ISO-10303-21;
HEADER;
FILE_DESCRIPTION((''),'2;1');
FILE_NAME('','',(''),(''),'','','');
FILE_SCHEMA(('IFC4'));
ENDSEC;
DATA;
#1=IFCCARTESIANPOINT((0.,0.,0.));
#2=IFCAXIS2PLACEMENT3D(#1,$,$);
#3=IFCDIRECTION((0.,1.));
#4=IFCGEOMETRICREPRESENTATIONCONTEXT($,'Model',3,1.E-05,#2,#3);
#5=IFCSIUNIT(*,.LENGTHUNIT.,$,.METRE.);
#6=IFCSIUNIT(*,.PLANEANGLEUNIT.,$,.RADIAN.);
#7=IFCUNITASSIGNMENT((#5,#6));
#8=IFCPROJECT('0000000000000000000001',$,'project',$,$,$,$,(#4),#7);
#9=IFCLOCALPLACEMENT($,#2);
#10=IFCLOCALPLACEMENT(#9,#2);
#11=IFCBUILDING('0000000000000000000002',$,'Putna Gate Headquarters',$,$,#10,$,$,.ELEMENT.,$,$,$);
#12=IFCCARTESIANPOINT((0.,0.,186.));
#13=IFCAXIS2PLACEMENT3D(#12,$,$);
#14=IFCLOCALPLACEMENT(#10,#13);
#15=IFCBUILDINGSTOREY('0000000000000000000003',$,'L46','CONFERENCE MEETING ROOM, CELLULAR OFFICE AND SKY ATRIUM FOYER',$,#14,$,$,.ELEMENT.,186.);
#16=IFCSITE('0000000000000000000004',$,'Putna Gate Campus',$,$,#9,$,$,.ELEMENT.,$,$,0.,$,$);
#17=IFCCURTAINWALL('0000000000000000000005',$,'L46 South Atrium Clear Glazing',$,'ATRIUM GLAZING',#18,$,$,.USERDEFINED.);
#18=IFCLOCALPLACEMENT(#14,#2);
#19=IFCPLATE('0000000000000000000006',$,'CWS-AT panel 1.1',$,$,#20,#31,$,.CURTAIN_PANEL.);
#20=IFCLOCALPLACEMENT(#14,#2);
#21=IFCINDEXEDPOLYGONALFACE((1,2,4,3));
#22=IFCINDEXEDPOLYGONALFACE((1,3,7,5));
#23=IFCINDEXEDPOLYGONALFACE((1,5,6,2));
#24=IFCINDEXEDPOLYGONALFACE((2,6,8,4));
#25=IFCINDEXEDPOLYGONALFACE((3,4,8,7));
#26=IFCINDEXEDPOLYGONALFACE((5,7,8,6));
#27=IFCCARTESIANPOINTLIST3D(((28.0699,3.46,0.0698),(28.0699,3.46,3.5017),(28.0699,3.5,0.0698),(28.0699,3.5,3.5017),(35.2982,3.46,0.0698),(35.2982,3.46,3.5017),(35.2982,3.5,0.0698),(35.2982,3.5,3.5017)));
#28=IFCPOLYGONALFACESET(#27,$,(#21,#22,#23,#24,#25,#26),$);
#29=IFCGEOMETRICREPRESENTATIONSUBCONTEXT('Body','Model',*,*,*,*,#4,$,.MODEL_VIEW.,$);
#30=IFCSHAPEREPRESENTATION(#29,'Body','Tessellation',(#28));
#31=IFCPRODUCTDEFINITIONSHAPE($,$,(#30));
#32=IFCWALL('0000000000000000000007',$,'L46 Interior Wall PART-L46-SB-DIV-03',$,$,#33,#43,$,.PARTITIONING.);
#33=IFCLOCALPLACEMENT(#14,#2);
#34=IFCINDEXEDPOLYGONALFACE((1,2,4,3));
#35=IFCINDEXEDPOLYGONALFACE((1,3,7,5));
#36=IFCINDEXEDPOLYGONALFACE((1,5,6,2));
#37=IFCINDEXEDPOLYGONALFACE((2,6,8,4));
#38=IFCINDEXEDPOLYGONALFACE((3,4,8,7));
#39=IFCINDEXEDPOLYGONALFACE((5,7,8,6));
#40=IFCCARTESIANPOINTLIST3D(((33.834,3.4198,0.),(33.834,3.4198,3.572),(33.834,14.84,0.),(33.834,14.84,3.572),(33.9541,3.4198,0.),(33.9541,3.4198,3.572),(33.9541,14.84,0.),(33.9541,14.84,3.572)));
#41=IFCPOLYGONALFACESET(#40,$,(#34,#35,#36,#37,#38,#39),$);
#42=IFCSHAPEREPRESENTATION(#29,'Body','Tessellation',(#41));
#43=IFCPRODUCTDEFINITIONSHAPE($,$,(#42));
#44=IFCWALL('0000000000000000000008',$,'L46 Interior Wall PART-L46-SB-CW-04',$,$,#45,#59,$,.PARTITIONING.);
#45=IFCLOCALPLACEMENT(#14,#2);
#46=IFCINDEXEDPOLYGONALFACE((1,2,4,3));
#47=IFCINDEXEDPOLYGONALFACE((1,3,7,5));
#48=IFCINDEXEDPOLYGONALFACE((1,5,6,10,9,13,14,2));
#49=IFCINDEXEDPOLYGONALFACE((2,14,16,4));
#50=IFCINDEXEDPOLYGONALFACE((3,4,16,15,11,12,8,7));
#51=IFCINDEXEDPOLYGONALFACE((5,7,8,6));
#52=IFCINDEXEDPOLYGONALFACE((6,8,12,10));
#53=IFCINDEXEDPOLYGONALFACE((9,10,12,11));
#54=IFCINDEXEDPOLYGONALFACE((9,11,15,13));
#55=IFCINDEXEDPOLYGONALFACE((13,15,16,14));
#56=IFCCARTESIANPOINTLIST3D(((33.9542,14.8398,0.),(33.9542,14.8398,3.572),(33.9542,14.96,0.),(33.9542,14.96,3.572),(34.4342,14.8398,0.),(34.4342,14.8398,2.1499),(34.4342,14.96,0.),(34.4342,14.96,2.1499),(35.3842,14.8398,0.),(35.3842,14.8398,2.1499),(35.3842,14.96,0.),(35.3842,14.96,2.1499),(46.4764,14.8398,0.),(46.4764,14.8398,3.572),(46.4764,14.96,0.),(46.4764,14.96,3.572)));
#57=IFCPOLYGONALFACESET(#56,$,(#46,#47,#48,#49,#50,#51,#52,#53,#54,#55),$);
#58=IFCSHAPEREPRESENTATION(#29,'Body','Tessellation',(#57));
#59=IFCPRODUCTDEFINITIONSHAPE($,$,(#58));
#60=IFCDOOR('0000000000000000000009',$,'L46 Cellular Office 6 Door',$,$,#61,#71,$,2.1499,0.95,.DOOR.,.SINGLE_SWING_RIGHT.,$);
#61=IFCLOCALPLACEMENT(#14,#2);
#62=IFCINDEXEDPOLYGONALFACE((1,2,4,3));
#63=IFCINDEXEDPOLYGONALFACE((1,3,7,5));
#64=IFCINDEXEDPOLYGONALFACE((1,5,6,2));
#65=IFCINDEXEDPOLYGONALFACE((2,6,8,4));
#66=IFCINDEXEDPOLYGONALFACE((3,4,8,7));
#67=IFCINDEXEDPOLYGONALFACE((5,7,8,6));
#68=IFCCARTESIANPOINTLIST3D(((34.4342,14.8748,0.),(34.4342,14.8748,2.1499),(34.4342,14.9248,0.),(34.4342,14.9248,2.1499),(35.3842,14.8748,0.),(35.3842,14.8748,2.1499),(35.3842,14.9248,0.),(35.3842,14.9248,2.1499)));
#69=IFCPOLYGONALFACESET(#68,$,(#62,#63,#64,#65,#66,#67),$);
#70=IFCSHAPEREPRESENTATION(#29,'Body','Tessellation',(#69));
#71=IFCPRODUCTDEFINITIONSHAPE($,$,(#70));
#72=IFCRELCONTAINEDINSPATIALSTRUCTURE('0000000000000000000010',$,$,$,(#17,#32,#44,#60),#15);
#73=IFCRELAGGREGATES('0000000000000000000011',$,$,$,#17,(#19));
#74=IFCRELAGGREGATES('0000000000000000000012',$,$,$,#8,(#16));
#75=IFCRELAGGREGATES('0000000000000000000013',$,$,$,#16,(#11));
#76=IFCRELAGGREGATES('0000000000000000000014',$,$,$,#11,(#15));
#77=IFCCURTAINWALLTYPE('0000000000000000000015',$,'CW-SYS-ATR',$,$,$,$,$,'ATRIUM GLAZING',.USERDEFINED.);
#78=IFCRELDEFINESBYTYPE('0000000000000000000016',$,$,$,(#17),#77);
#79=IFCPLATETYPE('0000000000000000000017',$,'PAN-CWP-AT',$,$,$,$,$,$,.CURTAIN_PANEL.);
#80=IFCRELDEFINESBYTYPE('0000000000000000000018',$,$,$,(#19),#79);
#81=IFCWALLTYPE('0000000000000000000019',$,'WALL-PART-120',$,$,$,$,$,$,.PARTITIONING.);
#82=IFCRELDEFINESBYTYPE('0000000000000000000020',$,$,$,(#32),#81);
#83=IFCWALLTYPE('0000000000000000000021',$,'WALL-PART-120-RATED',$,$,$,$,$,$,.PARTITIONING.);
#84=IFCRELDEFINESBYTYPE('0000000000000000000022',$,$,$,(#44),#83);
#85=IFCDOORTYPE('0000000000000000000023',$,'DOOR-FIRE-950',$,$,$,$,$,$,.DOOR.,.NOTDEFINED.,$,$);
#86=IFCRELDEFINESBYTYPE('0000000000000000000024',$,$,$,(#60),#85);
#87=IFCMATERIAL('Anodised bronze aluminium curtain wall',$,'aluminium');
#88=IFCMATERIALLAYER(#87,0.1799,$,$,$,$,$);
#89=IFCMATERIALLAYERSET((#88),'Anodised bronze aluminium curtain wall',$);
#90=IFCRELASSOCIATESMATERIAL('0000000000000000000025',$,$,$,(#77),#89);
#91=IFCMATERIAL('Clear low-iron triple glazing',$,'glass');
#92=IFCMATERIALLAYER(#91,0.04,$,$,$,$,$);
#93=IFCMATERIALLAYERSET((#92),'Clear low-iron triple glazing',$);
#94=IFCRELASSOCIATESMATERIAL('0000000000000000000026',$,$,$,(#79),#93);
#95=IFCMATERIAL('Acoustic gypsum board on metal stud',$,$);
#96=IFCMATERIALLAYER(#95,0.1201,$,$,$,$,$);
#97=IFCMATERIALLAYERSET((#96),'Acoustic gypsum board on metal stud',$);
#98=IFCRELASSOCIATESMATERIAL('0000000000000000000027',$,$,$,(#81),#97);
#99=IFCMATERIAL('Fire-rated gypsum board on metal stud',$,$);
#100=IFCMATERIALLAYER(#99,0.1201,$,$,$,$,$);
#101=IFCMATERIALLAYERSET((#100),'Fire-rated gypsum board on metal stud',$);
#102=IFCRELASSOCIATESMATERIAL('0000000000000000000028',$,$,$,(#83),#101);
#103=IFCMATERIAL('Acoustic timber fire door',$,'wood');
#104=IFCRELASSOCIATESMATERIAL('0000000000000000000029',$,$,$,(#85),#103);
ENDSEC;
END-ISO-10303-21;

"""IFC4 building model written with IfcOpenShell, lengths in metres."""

from ifc_helpers import new_model, si_unit, direction, frame, frame_2d, origin, origin_2d, place, context, subcontext, project, spatial, rectangle, extrude, material, layer, layer_set, type_object, element, fill, aggregate, save


model = new_model("IFC4")

# Units and contexts
model_context = context("Model", 3, precision=1e-05, world=origin(), true_north=direction((0.0, 1.0)))
body_context = subcontext(model_context, "Body", "Model", "MODEL_VIEW")
ifc_project = project(units=[si_unit("LENGTHUNIT", "METRE"), si_unit("PLANEANGLEUNIT", "RADIAN")], contexts=[model_context])

# Site, building, storey
site_placement = place(None, origin())
site = spatial("IfcSite", under=ifc_project, at=site_placement, Name="Putna Gate Campus", CompositionType="ELEMENT", RefElevation=0.0)
building_placement = place(site_placement, origin())
building = spatial("IfcBuilding", under=site, at=building_placement, Name="Putna Gate Headquarters", CompositionType="ELEMENT")
storey_placement = place(building_placement, frame((0.0, 0.0, 186.0)))
storey = spatial("IfcBuildingStorey", under=building, at=storey_placement, Name="L46", Description="CONFERENCE MEETING ROOM, CELLULAR OFFICE AND SKY ATRIUM FOYER", CompositionType="ELEMENT", Elevation=186.0)

# Shared definitions
ifc_material_1 = material(Name="Anodised bronze aluminium curtain wall", Category="aluminium")

# Curtain wall, plate
ifc_layer_1 = layer(ifc_material_1, 0.1799)
ifc_layer_set_1 = layer_set([ifc_layer_1], Name="Anodised bronze aluminium curtain wall")
curtain_wall_type_1 = type_object("IfcCurtainWallType", Name="CW-SYS-ATR", ElementType="ATRIUM GLAZING", PredefinedType="USERDEFINED", material=ifc_layer_set_1)
curtain_wall_1_placement = place(storey_placement, origin())
curtain_wall_1 = element("IfcCurtainWall", 1, at=curtain_wall_1_placement, inside=storey, type_object=curtain_wall_type_1, Name="L46 South Atrium Clear Glazing", ObjectType="ATRIUM GLAZING", PredefinedType="USERDEFINED")
ifc_material_2 = material(Name="Clear low-iron triple glazing", Category="glass")
ifc_layer_2 = layer(ifc_material_2, 0.04)
ifc_layer_set_2 = layer_set([ifc_layer_2], Name="Clear low-iron triple glazing")
plate_type = type_object("IfcPlateType", Name="PAN-CWP-AT", PredefinedType="CURTAIN_PANEL", material=ifc_layer_set_2)
plate_placement = place(storey_placement, frame((31.6841, 3.48, 0.0698), z_axis=(0.0, 0.0, 1.0), x_axis=(1.0, 0.0, 0.0)))
plate = element("IfcPlate", 2, at=plate_placement, type_object=plate_type, Name="CWS-AT panel 1.1", PredefinedType="CURTAIN_PANEL", context=body_context, shape_type="SweptSolid", body=[
    extrude(rectangle(XDim=7.2283, YDim=0.04, at=origin_2d()), origin(), (0.0, 0.0, 1.0), 3.4319),
])
aggregate(curtain_wall_1, [plate])

# Wall
ifc_material_3 = material(Name="Acoustic gypsum board on metal stud")
ifc_layer_3 = layer(ifc_material_3, 0.1201)
ifc_layer_set_3 = layer_set([ifc_layer_3], Name="Acoustic gypsum board on metal stud")
wall_type_1 = type_object("IfcWallType", Name="WALL-PART-120", PredefinedType="PARTITIONING", material=ifc_layer_set_3)
wall_1_placement = place(storey_placement, frame((33.894, 3.4199, 0.0), z_axis=(0.0, 0.0, 1.0), x_axis=(0.0, 1.0, 0.0)))
element("IfcWall", 3, at=wall_1_placement, inside=storey, type_object=wall_type_1, Name="L46 Interior Wall PART-L46-SB-DIV-03", PredefinedType="PARTITIONING", context=body_context, shape_type="SweptSolid", body=[
    extrude(rectangle(XDim=11.4202, YDim=0.1201, at=frame_2d((5.71, 0.0))), origin(), (0.0, 0.0, 1.0), 3.572),
])

# Wall, opening, door
ifc_material_4 = material(Name="Fire-rated gypsum board on metal stud")
ifc_layer_4 = layer(ifc_material_4, 0.1201)
ifc_layer_set_4 = layer_set([ifc_layer_4], Name="Fire-rated gypsum board on metal stud")
wall_type_2 = type_object("IfcWallType", Name="WALL-PART-120-RATED", PredefinedType="PARTITIONING", material=ifc_layer_set_4)
wall_2_placement = place(storey_placement, frame((33.9541, 14.8999, 0.0), z_axis=(0.0, 0.0, 1.0), x_axis=(1.0, 0.0, 0.0)))
wall_2 = element("IfcWall", 4, at=wall_2_placement, inside=storey, type_object=wall_type_2, Name="L46 Interior Wall PART-L46-SB-CW-04", PredefinedType="PARTITIONING", context=body_context, shape_type="SweptSolid", body=[
    extrude(rectangle(XDim=12.5222, YDim=0.1201, at=frame_2d((6.2612, 0.0))), origin(), (0.0, 0.0, 1.0), 3.572),
])
opening_placement = place(wall_2_placement, frame((0.48, 0.0, 0.0)))
opening = element("IfcOpeningElement", 5, at=opening_placement, cuts=wall_2, PredefinedType="OPENING", context=body_context, shape_type="SweptSolid", body=[
    extrude(rectangle(XDim=0.95, YDim=2.1499, at=frame_2d((0.4751, 1.075))), frame((0.0, 0.0701, 0.0), z_axis=(0.0, -1.0, 0.0), x_axis=(1.0, 0.0, 0.0)), (0.0, 0.0, 1.0), 0.1401),
])
ifc_material_5 = material(Name="Acoustic timber fire door", Category="wood")
door_type = type_object("IfcDoorType", Name="DOOR-FIRE-950", OperationType="NOTDEFINED", PredefinedType="DOOR", material=ifc_material_5)
door_placement = place(opening_placement, origin())
door = element("IfcDoor", 6, at=door_placement, inside=storey, type_object=door_type, Name="L46 Cellular Office 6 Door", OperationType="SINGLE_SWING_RIGHT", OverallHeight=2.1499, OverallWidth=0.95, PredefinedType="DOOR", context=body_context, shape_type="SweptSolid", body=[
    extrude(rectangle(XDim=0.95, YDim=2.1499, at=frame_2d((0.4751, 1.075))), frame((0.0, 0.0249, 0.0), z_axis=(0.0, -1.0, 0.0), x_axis=(1.0, 0.0, 0.0)), (0.0, 0.0, 1.0), 0.05),
])
fill(opening, door)

save(model, "model.ifc")
